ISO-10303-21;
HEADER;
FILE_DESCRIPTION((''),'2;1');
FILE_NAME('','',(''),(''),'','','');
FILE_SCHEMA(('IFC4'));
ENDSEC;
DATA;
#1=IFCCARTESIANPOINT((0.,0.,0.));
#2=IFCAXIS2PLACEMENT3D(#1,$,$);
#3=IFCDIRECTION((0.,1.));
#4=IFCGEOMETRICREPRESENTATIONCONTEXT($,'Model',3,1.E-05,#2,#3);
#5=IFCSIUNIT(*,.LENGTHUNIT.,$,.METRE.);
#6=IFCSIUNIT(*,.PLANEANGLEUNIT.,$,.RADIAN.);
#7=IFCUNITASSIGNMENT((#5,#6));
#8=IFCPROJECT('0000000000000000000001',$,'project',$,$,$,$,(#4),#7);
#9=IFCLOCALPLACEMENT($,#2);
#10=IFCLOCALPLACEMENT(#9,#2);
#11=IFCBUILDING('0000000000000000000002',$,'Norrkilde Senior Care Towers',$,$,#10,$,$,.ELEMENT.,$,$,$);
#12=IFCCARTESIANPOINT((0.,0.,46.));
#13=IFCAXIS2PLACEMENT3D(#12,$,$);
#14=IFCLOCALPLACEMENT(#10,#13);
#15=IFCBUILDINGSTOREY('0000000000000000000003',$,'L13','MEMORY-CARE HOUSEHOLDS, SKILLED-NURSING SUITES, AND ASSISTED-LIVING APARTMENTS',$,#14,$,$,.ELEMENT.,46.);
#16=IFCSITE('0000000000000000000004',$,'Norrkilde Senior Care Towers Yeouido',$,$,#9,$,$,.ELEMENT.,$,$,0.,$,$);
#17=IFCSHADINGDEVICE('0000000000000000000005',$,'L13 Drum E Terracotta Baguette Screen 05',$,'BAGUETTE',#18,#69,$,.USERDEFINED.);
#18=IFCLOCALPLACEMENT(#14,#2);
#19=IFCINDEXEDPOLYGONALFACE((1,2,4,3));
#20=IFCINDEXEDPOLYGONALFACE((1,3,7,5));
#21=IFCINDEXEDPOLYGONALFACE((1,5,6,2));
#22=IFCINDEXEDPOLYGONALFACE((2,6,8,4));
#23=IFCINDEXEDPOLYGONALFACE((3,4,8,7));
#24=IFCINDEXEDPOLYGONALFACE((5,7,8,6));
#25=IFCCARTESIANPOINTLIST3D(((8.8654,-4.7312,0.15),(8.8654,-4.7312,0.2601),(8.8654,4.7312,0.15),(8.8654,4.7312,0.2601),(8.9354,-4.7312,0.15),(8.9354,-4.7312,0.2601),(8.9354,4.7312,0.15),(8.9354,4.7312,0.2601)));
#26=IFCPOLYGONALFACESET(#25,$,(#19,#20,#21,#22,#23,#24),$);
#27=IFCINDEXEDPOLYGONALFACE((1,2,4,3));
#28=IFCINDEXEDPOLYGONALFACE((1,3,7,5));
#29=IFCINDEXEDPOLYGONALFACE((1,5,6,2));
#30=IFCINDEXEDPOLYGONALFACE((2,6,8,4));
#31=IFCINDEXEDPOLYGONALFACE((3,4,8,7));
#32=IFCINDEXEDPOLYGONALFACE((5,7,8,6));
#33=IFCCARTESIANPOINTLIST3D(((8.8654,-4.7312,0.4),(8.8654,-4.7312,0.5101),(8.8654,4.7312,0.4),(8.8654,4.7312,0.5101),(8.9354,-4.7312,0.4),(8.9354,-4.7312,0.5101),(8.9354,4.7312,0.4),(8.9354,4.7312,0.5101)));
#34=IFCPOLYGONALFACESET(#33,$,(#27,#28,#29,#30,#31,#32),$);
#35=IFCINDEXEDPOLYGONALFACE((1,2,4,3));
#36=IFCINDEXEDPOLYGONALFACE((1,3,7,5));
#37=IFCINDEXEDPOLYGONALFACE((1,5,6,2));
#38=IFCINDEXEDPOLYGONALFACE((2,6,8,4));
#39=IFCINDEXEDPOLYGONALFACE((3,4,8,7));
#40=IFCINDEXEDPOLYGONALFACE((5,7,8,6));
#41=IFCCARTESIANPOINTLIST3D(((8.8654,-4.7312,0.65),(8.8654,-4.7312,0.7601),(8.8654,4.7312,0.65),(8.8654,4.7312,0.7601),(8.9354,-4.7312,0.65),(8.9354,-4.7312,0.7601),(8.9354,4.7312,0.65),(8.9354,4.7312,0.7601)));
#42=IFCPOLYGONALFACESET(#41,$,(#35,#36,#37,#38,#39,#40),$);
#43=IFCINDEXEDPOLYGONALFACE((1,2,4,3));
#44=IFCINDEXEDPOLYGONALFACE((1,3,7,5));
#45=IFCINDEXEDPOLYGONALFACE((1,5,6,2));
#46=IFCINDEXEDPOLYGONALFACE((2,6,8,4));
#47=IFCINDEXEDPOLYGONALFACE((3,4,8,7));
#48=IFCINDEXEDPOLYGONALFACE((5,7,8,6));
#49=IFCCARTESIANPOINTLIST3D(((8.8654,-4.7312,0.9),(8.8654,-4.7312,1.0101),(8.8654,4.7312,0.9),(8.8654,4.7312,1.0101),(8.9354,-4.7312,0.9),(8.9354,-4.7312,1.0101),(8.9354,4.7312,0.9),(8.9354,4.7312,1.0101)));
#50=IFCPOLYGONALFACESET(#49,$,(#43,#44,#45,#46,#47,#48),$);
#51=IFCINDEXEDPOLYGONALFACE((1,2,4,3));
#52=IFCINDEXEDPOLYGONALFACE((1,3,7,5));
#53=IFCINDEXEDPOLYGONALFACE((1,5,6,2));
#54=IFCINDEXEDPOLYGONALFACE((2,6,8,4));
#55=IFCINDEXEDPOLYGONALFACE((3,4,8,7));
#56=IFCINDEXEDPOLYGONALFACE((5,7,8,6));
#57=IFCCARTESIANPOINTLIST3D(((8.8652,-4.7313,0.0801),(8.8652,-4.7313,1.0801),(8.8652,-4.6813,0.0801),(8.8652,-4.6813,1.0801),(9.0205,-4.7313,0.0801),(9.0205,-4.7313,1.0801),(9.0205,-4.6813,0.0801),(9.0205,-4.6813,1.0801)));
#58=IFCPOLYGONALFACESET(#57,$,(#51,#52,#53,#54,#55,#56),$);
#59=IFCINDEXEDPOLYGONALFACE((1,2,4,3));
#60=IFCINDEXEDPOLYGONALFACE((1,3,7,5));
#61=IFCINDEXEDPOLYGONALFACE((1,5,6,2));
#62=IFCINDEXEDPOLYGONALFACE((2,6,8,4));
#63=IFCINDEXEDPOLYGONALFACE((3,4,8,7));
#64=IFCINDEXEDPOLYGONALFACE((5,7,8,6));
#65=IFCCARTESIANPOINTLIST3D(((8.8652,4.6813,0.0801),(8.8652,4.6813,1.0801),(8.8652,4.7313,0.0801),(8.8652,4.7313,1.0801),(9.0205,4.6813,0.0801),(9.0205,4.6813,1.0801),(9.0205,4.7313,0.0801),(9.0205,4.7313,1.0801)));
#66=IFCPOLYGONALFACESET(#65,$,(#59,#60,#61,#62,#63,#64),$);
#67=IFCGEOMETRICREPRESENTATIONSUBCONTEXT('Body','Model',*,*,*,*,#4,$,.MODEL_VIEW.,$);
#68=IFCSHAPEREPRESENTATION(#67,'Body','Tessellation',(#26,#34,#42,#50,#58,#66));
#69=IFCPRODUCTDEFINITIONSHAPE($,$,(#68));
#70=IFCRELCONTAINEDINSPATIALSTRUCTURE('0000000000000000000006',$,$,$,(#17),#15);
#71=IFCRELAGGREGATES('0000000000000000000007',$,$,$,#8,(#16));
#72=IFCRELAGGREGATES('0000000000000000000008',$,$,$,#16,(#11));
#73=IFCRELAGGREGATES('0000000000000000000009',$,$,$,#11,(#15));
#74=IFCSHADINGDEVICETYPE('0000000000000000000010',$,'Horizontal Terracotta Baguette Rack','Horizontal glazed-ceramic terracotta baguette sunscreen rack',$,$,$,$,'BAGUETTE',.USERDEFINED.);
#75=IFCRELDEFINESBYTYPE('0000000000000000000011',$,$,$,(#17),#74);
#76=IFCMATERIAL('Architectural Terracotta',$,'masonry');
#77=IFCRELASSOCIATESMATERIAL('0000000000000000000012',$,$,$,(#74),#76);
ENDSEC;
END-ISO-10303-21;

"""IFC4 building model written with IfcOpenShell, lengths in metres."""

from ifc_helpers import new_model, si_unit, direction, frame, origin, origin_2d, place, context, subcontext, project, spatial, rectangle, extrude, source, transform, mapped, material, type_object, type_shapes, element, save


model = new_model("IFC4")

# Units and contexts
model_context = context("Model", 3, precision=1e-05, world=origin(), true_north=direction((0.0, 1.0)))
body_context = subcontext(model_context, "Body", "Model", "MODEL_VIEW")
ifc_project = project(units=[si_unit("LENGTHUNIT", "METRE"), si_unit("PLANEANGLEUNIT", "RADIAN")], contexts=[model_context])

# Site, building, storey
site_placement = place(None, origin())
site = spatial("IfcSite", under=ifc_project, at=site_placement, Name="Norrkilde Senior Care Towers Yeouido", CompositionType="ELEMENT", RefElevation=0.0)
building_placement = place(site_placement, origin())
building = spatial("IfcBuilding", under=site, at=building_placement, Name="Norrkilde Senior Care Towers", CompositionType="ELEMENT")
storey_placement = place(building_placement, frame((0.0, 0.0, 46.0)))
storey = spatial("IfcBuildingStorey", under=building, at=storey_placement, Name="L13", Description="MEMORY-CARE HOUSEHOLDS, SKILLED-NURSING SUITES, AND ASSISTED-LIVING APARTMENTS", CompositionType="ELEMENT", Elevation=46.0)

# Shading device
ifc_material_1 = material(Name="Architectural Terracotta", Category="masonry")
shading_device_type = type_object("IfcShadingDeviceType", Name="Horizontal Terracotta Baguette Rack", Description="Horizontal glazed-ceramic terracotta baguette sunscreen rack", ElementType="BAGUETTE", PredefinedType="USERDEFINED", material=ifc_material_1)
shared_shape_1 = source(origin(), body_context, "Body", "SweptSolid", [
    extrude(rectangle(XDim=0.0701, YDim=0.1101, at=origin_2d()), frame((0.0, 0.0901, 0.125), z_axis=(1.0, 0.0, 0.0), x_axis=(0.0, 1.0, 0.0)), (0.0, 0.0, 1.0), 9.4624),
    extrude(rectangle(XDim=0.0701, YDim=0.1101, at=origin_2d()), frame((0.0, 0.0901, 0.375), z_axis=(1.0, 0.0, 0.0), x_axis=(0.0, 1.0, 0.0)), (0.0, 0.0, 1.0), 9.4624),
    extrude(rectangle(XDim=0.0701, YDim=0.1101, at=origin_2d()), frame((0.0, 0.0901, 0.625), z_axis=(1.0, 0.0, 0.0), x_axis=(0.0, 1.0, 0.0)), (0.0, 0.0, 1.0), 9.4624),
    extrude(rectangle(XDim=0.0701, YDim=0.1101, at=origin_2d()), frame((0.0, 0.0901, 0.875), z_axis=(1.0, 0.0, 0.0), x_axis=(0.0, 1.0, 0.0)), (0.0, 0.0, 1.0), 9.4624),
    extrude(rectangle(XDim=0.05, YDim=0.1553, at=origin_2d()), frame((0.0249, 0.0476, 0.0)), (0.0, 0.0, 1.0), 1.0),
    extrude(rectangle(XDim=0.05, YDim=0.1553, at=origin_2d()), frame((9.4375, 0.0476, 0.0)), (0.0, 0.0, 1.0), 1.0),
])
type_shapes(shading_device_type, [shared_shape_1])
shading_device_placement = place(storey_placement, frame((8.9905, -4.7312, 0.0801), z_axis=(0.0, 0.0, 1.0), x_axis=(0.0, 1.0, 0.0)))
element("IfcShadingDevice", 1, at=shading_device_placement, inside=storey, type_object=shading_device_type, Name="L13 Drum E Terracotta Baguette Screen 05", ObjectType="BAGUETTE", PredefinedType="USERDEFINED", context=body_context, shape_type="MappedRepresentation", body=[
    mapped(shared_shape_1, transform((0.0, 0.0, 0.0), x_axis=(1.0, 0.0, 0.0), y_axis=(0.0, 1.0, 0.0), z_axis=(0.0, 0.0, 1.0), scale=1.0)),
])

save(model, "model.ifc")
